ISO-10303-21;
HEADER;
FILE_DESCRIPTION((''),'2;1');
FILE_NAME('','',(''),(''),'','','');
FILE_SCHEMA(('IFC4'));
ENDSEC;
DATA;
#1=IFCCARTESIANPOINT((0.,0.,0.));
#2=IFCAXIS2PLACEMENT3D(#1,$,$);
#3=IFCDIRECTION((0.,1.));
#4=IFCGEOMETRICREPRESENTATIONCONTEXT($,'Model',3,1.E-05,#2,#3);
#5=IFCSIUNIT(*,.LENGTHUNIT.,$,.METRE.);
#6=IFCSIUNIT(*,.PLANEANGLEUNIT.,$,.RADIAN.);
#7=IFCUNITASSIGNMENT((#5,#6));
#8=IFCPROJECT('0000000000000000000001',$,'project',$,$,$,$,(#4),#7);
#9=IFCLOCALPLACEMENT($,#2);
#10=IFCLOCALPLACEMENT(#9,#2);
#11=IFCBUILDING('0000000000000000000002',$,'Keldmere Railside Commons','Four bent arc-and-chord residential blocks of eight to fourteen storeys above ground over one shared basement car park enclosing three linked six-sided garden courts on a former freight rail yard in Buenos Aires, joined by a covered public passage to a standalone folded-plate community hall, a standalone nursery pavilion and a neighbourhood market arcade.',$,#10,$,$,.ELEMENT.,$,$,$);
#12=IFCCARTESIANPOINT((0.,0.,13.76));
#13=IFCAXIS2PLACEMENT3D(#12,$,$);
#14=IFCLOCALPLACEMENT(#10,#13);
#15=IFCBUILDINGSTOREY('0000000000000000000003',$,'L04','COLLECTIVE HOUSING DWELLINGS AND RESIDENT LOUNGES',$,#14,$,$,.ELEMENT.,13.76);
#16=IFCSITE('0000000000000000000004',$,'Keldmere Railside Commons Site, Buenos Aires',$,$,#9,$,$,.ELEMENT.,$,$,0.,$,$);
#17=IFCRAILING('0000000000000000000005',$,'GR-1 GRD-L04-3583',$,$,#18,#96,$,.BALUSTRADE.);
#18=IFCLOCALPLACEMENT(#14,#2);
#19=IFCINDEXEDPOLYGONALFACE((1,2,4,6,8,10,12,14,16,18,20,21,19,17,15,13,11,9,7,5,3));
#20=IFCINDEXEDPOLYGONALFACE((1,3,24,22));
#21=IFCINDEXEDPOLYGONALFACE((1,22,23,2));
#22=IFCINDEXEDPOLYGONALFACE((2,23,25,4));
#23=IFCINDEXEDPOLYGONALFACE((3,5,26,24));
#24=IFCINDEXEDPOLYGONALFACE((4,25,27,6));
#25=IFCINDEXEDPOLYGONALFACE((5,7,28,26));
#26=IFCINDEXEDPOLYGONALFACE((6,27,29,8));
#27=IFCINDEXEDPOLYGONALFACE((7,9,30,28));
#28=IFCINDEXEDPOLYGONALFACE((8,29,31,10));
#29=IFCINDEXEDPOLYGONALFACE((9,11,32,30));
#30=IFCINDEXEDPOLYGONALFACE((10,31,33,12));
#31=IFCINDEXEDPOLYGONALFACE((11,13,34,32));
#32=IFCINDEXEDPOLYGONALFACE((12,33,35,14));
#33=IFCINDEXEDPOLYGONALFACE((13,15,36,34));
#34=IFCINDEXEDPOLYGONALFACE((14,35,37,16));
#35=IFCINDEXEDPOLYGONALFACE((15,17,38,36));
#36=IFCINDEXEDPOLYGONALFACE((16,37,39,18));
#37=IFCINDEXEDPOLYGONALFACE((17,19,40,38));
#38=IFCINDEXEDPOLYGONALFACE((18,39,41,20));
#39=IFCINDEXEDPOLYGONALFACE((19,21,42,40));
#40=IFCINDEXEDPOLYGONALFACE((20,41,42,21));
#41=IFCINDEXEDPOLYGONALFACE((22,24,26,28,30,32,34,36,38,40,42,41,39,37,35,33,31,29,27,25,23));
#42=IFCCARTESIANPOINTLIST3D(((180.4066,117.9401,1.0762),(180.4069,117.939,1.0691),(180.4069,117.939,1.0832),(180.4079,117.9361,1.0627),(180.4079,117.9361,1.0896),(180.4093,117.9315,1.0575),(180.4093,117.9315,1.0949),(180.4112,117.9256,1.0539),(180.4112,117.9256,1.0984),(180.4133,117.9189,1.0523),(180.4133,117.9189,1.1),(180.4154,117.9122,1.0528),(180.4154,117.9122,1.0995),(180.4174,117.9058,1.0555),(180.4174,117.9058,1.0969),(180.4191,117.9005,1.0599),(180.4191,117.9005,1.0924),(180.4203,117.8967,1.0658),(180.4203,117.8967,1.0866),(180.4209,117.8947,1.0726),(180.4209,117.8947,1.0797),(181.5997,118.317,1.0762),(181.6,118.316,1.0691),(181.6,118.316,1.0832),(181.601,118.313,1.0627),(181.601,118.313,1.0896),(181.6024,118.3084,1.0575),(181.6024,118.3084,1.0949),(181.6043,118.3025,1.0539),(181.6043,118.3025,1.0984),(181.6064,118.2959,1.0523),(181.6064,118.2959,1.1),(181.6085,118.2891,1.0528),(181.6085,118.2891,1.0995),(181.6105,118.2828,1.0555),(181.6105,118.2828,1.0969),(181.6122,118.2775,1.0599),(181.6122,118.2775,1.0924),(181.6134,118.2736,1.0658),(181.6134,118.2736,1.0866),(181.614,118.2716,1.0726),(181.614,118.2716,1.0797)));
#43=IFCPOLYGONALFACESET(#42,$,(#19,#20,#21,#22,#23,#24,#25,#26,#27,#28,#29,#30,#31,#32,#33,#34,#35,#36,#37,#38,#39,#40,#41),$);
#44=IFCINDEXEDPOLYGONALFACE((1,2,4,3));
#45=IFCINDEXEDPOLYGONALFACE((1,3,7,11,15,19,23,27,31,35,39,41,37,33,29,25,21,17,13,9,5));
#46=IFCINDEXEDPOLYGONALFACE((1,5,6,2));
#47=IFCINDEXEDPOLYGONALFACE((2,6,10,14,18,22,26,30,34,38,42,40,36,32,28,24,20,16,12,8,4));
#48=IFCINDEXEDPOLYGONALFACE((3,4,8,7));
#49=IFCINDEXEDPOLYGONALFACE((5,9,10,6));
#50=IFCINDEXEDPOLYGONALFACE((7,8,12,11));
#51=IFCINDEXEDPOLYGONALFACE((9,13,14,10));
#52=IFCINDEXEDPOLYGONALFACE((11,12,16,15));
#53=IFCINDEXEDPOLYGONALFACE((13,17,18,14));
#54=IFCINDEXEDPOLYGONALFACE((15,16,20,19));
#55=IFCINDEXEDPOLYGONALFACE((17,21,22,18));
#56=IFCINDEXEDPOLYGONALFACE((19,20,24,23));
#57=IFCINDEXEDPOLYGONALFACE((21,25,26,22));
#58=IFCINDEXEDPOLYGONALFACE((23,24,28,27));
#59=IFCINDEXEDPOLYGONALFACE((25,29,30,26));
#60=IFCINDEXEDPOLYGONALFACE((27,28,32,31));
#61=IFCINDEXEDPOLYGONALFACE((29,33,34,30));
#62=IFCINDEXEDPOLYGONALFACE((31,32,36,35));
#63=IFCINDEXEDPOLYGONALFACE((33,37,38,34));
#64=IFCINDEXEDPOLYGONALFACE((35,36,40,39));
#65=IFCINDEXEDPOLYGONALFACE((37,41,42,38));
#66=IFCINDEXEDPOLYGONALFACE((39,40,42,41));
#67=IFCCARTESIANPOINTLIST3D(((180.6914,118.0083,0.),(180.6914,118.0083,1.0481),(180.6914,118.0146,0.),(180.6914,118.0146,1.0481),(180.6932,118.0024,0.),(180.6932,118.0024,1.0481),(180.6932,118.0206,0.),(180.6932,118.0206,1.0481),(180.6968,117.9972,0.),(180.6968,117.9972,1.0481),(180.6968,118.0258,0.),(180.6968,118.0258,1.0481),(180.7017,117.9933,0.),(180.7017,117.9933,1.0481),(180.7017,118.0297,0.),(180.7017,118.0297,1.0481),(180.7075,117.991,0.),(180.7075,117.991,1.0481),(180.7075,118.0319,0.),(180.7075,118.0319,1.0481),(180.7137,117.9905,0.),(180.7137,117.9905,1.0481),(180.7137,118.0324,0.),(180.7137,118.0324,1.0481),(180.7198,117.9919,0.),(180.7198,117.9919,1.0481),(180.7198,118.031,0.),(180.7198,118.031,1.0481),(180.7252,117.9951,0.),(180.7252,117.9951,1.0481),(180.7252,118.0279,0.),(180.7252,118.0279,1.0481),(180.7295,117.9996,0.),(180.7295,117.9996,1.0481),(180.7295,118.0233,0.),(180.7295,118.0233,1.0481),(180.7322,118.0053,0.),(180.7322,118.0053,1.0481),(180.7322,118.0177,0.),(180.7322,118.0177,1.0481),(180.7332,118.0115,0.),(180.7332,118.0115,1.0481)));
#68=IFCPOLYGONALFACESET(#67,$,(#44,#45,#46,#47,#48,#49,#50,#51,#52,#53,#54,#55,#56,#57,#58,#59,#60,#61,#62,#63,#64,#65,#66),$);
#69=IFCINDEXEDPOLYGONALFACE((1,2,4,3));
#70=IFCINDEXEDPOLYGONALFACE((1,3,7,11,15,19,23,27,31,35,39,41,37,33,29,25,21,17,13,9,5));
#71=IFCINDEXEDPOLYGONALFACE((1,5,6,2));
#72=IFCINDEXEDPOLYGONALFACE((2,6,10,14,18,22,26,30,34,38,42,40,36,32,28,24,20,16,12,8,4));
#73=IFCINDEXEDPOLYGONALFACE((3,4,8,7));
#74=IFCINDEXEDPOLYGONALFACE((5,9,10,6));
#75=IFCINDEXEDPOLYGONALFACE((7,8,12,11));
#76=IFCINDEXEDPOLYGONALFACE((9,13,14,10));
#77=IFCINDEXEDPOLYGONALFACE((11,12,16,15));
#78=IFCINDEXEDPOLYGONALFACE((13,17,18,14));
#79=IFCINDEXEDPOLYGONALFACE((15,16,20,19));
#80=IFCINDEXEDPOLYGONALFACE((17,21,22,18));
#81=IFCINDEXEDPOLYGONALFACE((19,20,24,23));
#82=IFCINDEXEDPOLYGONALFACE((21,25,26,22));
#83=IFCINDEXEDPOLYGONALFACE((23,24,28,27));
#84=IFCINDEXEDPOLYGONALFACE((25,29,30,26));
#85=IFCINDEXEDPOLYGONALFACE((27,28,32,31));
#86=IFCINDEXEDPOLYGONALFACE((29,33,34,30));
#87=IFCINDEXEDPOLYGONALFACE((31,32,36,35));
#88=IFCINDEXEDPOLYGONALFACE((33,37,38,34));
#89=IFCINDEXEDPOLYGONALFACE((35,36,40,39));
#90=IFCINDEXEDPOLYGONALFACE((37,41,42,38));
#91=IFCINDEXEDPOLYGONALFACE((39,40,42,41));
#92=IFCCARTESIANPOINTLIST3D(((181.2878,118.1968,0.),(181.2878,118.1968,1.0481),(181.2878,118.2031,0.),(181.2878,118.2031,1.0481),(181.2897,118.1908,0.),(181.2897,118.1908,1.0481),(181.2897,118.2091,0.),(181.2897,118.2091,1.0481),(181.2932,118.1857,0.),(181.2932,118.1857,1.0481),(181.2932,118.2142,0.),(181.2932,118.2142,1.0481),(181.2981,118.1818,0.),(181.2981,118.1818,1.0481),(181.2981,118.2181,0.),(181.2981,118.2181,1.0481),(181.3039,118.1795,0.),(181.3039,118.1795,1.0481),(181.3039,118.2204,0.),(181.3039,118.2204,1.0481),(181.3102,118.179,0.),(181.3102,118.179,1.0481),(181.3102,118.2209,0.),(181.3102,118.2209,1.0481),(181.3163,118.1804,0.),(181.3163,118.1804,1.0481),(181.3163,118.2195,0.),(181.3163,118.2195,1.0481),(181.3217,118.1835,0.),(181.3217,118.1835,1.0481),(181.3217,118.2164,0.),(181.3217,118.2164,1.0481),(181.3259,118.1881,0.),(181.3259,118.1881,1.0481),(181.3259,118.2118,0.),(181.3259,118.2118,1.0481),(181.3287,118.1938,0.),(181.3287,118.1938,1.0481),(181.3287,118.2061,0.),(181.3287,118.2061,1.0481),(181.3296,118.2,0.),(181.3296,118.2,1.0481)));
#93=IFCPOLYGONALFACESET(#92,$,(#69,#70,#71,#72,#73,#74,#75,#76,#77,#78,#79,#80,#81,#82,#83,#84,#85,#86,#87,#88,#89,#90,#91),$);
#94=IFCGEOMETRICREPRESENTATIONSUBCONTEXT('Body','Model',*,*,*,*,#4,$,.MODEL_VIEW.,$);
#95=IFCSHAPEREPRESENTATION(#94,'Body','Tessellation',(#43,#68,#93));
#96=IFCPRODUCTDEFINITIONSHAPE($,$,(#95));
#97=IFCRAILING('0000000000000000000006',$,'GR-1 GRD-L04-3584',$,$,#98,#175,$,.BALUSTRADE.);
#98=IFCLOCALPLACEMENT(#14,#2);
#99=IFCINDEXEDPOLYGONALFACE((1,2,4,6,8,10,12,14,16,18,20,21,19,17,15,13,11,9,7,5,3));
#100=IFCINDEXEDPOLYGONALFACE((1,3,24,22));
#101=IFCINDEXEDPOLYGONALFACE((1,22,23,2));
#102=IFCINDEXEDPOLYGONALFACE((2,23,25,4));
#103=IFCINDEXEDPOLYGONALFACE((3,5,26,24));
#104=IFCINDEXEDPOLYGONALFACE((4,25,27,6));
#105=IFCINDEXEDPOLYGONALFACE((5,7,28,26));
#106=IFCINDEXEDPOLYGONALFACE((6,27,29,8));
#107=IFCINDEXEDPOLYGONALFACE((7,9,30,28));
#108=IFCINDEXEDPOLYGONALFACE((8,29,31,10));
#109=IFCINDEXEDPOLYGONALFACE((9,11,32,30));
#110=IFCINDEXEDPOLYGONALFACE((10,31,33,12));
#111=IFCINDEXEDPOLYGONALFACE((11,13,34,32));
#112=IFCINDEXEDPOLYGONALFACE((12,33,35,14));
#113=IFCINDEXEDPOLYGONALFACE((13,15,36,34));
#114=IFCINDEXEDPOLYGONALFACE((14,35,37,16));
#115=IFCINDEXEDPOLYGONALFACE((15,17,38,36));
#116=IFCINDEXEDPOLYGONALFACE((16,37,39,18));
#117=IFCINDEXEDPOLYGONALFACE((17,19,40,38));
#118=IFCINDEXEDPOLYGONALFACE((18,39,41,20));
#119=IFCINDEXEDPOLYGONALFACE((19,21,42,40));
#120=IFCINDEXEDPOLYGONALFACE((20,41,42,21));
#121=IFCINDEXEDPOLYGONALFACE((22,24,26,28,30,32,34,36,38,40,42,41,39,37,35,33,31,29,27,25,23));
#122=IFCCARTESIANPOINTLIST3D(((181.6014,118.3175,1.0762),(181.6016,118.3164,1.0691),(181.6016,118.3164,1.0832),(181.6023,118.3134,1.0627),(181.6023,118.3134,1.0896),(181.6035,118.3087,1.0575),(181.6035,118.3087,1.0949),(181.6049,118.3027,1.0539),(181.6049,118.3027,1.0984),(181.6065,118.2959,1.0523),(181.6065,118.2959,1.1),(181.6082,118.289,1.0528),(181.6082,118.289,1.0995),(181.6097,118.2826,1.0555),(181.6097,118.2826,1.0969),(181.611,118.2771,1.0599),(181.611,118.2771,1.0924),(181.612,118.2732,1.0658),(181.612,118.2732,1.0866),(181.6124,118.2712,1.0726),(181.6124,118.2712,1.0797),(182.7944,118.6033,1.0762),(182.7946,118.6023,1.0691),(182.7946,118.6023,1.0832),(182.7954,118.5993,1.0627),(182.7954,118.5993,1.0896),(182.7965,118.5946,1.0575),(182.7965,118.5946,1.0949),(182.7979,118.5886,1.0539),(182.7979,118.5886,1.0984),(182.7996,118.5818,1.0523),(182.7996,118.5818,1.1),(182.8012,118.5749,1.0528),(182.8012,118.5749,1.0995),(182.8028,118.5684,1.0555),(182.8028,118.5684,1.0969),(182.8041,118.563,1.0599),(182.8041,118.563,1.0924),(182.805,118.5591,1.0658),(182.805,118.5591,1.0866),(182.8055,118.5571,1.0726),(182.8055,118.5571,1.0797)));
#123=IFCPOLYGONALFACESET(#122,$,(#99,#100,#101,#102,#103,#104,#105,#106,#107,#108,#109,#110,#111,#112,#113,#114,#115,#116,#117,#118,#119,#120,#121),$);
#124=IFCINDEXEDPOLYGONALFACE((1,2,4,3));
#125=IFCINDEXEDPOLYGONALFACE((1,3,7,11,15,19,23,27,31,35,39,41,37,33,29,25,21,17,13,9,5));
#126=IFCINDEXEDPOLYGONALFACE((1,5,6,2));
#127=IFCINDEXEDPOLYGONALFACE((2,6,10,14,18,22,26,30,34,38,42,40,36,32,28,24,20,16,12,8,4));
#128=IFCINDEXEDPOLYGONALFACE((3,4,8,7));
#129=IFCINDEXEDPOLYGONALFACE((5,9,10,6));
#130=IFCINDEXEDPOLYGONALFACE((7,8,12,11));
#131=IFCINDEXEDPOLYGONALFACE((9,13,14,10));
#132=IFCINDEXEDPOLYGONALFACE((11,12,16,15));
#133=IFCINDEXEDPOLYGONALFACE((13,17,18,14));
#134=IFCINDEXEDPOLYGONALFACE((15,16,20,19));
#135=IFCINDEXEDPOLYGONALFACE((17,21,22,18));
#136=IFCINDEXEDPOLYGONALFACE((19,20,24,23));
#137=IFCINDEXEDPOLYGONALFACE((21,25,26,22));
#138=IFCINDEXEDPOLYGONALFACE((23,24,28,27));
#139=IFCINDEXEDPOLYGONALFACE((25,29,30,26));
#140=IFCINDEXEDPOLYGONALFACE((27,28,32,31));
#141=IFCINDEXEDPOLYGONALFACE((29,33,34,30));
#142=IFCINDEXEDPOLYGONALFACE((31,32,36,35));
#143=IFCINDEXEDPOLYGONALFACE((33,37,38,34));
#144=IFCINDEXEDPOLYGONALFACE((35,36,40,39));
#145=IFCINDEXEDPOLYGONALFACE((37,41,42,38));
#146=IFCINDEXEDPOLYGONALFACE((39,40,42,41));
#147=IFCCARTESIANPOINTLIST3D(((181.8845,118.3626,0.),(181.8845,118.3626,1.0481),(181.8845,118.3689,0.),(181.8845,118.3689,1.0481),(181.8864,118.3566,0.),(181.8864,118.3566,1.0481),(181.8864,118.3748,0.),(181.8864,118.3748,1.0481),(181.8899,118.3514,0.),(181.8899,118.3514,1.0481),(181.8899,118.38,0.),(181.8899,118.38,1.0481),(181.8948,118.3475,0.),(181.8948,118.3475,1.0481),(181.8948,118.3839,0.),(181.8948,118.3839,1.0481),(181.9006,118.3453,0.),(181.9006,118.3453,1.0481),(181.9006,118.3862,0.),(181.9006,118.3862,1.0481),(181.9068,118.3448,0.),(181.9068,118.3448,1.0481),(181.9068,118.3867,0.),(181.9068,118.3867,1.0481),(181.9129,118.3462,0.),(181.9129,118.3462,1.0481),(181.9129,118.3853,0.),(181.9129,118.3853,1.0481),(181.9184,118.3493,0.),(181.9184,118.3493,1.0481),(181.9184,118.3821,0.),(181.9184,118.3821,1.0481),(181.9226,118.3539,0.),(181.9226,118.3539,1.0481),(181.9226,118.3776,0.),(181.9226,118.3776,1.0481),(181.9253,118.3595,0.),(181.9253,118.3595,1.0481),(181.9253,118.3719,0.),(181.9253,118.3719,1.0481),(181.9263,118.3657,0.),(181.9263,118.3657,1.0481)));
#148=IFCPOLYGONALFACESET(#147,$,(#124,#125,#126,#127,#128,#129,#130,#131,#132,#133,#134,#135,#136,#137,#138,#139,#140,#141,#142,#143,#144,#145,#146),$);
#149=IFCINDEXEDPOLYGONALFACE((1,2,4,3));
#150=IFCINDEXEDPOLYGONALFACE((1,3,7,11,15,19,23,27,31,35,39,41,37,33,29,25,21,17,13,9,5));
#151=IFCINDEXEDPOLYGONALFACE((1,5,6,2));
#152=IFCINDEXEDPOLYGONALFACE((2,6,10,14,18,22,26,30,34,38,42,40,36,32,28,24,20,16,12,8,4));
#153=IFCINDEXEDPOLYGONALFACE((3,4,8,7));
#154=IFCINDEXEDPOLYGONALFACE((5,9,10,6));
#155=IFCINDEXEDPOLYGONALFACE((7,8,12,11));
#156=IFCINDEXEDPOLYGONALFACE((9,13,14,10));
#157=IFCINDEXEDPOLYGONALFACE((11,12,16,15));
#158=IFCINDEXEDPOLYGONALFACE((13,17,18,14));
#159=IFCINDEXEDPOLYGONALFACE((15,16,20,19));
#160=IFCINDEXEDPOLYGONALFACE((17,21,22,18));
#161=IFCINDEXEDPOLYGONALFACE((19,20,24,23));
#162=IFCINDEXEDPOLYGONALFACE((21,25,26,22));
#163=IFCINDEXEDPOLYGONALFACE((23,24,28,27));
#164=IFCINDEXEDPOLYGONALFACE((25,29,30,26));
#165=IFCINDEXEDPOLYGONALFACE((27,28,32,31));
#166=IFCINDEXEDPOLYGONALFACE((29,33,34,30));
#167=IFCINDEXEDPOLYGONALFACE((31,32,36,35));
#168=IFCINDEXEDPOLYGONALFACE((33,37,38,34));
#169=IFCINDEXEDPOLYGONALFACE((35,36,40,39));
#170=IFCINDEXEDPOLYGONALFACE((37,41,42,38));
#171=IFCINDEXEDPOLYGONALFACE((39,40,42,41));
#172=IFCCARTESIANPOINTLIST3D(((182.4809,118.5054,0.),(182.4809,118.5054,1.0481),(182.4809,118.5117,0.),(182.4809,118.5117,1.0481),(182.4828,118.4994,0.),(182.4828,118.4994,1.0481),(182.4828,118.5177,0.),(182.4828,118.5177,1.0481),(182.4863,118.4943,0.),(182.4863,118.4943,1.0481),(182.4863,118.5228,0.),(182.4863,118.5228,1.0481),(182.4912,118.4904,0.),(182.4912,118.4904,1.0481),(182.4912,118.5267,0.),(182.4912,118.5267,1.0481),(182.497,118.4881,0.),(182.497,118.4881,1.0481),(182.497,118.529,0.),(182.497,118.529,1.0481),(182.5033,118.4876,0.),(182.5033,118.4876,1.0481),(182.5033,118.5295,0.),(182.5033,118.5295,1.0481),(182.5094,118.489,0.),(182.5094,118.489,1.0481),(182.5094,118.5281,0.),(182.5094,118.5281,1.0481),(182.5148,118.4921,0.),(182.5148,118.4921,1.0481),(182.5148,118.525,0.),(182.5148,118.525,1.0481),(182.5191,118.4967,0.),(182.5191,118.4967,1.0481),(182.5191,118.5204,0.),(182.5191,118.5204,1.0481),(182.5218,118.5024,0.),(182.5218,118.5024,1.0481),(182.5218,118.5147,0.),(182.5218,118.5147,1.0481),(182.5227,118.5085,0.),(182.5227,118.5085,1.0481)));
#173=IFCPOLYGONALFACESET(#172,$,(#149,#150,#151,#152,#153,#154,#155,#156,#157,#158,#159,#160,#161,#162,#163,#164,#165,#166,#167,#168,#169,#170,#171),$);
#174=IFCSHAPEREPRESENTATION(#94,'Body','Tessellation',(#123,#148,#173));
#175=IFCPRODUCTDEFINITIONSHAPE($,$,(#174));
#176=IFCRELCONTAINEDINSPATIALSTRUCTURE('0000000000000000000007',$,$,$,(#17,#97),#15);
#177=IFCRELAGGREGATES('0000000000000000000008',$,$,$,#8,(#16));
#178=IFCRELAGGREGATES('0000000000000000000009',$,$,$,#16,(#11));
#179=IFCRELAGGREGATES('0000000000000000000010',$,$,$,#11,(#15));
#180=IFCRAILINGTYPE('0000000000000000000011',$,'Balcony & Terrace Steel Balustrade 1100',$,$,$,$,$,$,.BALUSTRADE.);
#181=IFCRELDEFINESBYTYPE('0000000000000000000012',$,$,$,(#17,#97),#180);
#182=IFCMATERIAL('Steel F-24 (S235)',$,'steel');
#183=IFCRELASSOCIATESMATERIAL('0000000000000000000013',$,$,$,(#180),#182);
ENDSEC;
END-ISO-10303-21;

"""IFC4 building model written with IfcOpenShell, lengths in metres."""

from ifc_helpers import new_model, si_unit, direction, frame, origin, origin_2d, place, context, subcontext, project, spatial, circle, extrude, material, type_object, element, save


model = new_model("IFC4")

# Units and contexts
model_context = context("Model", 3, precision=1e-05, world=origin(), true_north=direction((0.0, 1.0)))
body_context = subcontext(model_context, "Body", "Model", "MODEL_VIEW")
ifc_project = project(units=[si_unit("LENGTHUNIT", "METRE"), si_unit("PLANEANGLEUNIT", "RADIAN")], contexts=[model_context])

# Site, building, storey
site_placement = place(None, origin())
site = spatial("IfcSite", under=ifc_project, at=site_placement, Name="Keldmere Railside Commons Site, Buenos Aires", CompositionType="ELEMENT", RefElevation=0.0)
building_placement = place(site_placement, origin())
building = spatial("IfcBuilding", under=site, at=building_placement, Name="Keldmere Railside Commons", Description="Four bent arc-and-chord residential blocks of eight to fourteen storeys above ground over one shared basement car park enclosing three linked six-sided garden courts on a former freight rail yard in Buenos Aires, joined by a covered public passage to a standalone folded-plate community hall, a standalone nursery pavilion and a neighbourhood market arcade.", CompositionType="ELEMENT")
storey_placement = place(building_placement, frame((0.0, 0.0, 13.76)))
storey = spatial("IfcBuildingStorey", under=building, at=storey_placement, Name="L04", Description="COLLECTIVE HOUSING DWELLINGS AND RESIDENT LOUNGES", CompositionType="ELEMENT", Elevation=13.76)

# Railings
ifc_material_1 = material(Name="Steel F-24 (S235)", Category="steel")
railing_type = type_object("IfcRailingType", Name="Balcony & Terrace Steel Balustrade 1100", PredefinedType="BALUSTRADE", material=ifc_material_1)
railing_1_placement = place(storey_placement, frame((180.4138, 117.9172, 0.0)))
element("IfcRailing", 1, at=railing_1_placement, inside=storey, type_object=railing_type, Name="GR-1 GRD-L04-3583", PredefinedType="BALUSTRADE", context=body_context, shape_type="SweptSolid", body=[
    extrude(circle(Radius=0.0239, at=origin_2d()), frame((0.0, 0.0, 1.0762), z_axis=(0.953541, 0.301262, 0.0), x_axis=(-0.301262, 0.953541, 0.0)), (0.0, 0.0, 1.0), 1.2512),
    extrude(circle(Radius=0.021, at=origin_2d()), frame((0.2983, 0.0942, 0.0)), (0.0, 0.0, 1.0), 1.0481),
    extrude(circle(Radius=0.021, at=origin_2d()), frame((0.8948, 0.2827, 0.0)), (0.0, 0.0, 1.0), 1.0481),
])
railing_2_placement = place(storey_placement, frame((181.6069, 118.2942, 0.0)))
element("IfcRailing", 2, at=railing_2_placement, inside=storey, type_object=railing_type, Name="GR-1 GRD-L04-3584", PredefinedType="BALUSTRADE", context=body_context, shape_type="SweptSolid", body=[
    extrude(circle(Radius=0.0239, at=origin_2d()), frame((0.0, 0.0, 1.0762), z_axis=(0.972472, 0.233019, 0.0), x_axis=(-0.233019, 0.972472, 0.0)), (0.0, 0.0, 1.0), 1.2268),
    extrude(circle(Radius=0.021, at=origin_2d()), frame((0.2983, 0.0715, 0.0)), (0.0, 0.0, 1.0), 1.0481),
    extrude(circle(Radius=0.021, at=origin_2d()), frame((0.8948, 0.2144, 0.0)), (0.0, 0.0, 1.0), 1.0481),
])

save(model, "model.ifc")
